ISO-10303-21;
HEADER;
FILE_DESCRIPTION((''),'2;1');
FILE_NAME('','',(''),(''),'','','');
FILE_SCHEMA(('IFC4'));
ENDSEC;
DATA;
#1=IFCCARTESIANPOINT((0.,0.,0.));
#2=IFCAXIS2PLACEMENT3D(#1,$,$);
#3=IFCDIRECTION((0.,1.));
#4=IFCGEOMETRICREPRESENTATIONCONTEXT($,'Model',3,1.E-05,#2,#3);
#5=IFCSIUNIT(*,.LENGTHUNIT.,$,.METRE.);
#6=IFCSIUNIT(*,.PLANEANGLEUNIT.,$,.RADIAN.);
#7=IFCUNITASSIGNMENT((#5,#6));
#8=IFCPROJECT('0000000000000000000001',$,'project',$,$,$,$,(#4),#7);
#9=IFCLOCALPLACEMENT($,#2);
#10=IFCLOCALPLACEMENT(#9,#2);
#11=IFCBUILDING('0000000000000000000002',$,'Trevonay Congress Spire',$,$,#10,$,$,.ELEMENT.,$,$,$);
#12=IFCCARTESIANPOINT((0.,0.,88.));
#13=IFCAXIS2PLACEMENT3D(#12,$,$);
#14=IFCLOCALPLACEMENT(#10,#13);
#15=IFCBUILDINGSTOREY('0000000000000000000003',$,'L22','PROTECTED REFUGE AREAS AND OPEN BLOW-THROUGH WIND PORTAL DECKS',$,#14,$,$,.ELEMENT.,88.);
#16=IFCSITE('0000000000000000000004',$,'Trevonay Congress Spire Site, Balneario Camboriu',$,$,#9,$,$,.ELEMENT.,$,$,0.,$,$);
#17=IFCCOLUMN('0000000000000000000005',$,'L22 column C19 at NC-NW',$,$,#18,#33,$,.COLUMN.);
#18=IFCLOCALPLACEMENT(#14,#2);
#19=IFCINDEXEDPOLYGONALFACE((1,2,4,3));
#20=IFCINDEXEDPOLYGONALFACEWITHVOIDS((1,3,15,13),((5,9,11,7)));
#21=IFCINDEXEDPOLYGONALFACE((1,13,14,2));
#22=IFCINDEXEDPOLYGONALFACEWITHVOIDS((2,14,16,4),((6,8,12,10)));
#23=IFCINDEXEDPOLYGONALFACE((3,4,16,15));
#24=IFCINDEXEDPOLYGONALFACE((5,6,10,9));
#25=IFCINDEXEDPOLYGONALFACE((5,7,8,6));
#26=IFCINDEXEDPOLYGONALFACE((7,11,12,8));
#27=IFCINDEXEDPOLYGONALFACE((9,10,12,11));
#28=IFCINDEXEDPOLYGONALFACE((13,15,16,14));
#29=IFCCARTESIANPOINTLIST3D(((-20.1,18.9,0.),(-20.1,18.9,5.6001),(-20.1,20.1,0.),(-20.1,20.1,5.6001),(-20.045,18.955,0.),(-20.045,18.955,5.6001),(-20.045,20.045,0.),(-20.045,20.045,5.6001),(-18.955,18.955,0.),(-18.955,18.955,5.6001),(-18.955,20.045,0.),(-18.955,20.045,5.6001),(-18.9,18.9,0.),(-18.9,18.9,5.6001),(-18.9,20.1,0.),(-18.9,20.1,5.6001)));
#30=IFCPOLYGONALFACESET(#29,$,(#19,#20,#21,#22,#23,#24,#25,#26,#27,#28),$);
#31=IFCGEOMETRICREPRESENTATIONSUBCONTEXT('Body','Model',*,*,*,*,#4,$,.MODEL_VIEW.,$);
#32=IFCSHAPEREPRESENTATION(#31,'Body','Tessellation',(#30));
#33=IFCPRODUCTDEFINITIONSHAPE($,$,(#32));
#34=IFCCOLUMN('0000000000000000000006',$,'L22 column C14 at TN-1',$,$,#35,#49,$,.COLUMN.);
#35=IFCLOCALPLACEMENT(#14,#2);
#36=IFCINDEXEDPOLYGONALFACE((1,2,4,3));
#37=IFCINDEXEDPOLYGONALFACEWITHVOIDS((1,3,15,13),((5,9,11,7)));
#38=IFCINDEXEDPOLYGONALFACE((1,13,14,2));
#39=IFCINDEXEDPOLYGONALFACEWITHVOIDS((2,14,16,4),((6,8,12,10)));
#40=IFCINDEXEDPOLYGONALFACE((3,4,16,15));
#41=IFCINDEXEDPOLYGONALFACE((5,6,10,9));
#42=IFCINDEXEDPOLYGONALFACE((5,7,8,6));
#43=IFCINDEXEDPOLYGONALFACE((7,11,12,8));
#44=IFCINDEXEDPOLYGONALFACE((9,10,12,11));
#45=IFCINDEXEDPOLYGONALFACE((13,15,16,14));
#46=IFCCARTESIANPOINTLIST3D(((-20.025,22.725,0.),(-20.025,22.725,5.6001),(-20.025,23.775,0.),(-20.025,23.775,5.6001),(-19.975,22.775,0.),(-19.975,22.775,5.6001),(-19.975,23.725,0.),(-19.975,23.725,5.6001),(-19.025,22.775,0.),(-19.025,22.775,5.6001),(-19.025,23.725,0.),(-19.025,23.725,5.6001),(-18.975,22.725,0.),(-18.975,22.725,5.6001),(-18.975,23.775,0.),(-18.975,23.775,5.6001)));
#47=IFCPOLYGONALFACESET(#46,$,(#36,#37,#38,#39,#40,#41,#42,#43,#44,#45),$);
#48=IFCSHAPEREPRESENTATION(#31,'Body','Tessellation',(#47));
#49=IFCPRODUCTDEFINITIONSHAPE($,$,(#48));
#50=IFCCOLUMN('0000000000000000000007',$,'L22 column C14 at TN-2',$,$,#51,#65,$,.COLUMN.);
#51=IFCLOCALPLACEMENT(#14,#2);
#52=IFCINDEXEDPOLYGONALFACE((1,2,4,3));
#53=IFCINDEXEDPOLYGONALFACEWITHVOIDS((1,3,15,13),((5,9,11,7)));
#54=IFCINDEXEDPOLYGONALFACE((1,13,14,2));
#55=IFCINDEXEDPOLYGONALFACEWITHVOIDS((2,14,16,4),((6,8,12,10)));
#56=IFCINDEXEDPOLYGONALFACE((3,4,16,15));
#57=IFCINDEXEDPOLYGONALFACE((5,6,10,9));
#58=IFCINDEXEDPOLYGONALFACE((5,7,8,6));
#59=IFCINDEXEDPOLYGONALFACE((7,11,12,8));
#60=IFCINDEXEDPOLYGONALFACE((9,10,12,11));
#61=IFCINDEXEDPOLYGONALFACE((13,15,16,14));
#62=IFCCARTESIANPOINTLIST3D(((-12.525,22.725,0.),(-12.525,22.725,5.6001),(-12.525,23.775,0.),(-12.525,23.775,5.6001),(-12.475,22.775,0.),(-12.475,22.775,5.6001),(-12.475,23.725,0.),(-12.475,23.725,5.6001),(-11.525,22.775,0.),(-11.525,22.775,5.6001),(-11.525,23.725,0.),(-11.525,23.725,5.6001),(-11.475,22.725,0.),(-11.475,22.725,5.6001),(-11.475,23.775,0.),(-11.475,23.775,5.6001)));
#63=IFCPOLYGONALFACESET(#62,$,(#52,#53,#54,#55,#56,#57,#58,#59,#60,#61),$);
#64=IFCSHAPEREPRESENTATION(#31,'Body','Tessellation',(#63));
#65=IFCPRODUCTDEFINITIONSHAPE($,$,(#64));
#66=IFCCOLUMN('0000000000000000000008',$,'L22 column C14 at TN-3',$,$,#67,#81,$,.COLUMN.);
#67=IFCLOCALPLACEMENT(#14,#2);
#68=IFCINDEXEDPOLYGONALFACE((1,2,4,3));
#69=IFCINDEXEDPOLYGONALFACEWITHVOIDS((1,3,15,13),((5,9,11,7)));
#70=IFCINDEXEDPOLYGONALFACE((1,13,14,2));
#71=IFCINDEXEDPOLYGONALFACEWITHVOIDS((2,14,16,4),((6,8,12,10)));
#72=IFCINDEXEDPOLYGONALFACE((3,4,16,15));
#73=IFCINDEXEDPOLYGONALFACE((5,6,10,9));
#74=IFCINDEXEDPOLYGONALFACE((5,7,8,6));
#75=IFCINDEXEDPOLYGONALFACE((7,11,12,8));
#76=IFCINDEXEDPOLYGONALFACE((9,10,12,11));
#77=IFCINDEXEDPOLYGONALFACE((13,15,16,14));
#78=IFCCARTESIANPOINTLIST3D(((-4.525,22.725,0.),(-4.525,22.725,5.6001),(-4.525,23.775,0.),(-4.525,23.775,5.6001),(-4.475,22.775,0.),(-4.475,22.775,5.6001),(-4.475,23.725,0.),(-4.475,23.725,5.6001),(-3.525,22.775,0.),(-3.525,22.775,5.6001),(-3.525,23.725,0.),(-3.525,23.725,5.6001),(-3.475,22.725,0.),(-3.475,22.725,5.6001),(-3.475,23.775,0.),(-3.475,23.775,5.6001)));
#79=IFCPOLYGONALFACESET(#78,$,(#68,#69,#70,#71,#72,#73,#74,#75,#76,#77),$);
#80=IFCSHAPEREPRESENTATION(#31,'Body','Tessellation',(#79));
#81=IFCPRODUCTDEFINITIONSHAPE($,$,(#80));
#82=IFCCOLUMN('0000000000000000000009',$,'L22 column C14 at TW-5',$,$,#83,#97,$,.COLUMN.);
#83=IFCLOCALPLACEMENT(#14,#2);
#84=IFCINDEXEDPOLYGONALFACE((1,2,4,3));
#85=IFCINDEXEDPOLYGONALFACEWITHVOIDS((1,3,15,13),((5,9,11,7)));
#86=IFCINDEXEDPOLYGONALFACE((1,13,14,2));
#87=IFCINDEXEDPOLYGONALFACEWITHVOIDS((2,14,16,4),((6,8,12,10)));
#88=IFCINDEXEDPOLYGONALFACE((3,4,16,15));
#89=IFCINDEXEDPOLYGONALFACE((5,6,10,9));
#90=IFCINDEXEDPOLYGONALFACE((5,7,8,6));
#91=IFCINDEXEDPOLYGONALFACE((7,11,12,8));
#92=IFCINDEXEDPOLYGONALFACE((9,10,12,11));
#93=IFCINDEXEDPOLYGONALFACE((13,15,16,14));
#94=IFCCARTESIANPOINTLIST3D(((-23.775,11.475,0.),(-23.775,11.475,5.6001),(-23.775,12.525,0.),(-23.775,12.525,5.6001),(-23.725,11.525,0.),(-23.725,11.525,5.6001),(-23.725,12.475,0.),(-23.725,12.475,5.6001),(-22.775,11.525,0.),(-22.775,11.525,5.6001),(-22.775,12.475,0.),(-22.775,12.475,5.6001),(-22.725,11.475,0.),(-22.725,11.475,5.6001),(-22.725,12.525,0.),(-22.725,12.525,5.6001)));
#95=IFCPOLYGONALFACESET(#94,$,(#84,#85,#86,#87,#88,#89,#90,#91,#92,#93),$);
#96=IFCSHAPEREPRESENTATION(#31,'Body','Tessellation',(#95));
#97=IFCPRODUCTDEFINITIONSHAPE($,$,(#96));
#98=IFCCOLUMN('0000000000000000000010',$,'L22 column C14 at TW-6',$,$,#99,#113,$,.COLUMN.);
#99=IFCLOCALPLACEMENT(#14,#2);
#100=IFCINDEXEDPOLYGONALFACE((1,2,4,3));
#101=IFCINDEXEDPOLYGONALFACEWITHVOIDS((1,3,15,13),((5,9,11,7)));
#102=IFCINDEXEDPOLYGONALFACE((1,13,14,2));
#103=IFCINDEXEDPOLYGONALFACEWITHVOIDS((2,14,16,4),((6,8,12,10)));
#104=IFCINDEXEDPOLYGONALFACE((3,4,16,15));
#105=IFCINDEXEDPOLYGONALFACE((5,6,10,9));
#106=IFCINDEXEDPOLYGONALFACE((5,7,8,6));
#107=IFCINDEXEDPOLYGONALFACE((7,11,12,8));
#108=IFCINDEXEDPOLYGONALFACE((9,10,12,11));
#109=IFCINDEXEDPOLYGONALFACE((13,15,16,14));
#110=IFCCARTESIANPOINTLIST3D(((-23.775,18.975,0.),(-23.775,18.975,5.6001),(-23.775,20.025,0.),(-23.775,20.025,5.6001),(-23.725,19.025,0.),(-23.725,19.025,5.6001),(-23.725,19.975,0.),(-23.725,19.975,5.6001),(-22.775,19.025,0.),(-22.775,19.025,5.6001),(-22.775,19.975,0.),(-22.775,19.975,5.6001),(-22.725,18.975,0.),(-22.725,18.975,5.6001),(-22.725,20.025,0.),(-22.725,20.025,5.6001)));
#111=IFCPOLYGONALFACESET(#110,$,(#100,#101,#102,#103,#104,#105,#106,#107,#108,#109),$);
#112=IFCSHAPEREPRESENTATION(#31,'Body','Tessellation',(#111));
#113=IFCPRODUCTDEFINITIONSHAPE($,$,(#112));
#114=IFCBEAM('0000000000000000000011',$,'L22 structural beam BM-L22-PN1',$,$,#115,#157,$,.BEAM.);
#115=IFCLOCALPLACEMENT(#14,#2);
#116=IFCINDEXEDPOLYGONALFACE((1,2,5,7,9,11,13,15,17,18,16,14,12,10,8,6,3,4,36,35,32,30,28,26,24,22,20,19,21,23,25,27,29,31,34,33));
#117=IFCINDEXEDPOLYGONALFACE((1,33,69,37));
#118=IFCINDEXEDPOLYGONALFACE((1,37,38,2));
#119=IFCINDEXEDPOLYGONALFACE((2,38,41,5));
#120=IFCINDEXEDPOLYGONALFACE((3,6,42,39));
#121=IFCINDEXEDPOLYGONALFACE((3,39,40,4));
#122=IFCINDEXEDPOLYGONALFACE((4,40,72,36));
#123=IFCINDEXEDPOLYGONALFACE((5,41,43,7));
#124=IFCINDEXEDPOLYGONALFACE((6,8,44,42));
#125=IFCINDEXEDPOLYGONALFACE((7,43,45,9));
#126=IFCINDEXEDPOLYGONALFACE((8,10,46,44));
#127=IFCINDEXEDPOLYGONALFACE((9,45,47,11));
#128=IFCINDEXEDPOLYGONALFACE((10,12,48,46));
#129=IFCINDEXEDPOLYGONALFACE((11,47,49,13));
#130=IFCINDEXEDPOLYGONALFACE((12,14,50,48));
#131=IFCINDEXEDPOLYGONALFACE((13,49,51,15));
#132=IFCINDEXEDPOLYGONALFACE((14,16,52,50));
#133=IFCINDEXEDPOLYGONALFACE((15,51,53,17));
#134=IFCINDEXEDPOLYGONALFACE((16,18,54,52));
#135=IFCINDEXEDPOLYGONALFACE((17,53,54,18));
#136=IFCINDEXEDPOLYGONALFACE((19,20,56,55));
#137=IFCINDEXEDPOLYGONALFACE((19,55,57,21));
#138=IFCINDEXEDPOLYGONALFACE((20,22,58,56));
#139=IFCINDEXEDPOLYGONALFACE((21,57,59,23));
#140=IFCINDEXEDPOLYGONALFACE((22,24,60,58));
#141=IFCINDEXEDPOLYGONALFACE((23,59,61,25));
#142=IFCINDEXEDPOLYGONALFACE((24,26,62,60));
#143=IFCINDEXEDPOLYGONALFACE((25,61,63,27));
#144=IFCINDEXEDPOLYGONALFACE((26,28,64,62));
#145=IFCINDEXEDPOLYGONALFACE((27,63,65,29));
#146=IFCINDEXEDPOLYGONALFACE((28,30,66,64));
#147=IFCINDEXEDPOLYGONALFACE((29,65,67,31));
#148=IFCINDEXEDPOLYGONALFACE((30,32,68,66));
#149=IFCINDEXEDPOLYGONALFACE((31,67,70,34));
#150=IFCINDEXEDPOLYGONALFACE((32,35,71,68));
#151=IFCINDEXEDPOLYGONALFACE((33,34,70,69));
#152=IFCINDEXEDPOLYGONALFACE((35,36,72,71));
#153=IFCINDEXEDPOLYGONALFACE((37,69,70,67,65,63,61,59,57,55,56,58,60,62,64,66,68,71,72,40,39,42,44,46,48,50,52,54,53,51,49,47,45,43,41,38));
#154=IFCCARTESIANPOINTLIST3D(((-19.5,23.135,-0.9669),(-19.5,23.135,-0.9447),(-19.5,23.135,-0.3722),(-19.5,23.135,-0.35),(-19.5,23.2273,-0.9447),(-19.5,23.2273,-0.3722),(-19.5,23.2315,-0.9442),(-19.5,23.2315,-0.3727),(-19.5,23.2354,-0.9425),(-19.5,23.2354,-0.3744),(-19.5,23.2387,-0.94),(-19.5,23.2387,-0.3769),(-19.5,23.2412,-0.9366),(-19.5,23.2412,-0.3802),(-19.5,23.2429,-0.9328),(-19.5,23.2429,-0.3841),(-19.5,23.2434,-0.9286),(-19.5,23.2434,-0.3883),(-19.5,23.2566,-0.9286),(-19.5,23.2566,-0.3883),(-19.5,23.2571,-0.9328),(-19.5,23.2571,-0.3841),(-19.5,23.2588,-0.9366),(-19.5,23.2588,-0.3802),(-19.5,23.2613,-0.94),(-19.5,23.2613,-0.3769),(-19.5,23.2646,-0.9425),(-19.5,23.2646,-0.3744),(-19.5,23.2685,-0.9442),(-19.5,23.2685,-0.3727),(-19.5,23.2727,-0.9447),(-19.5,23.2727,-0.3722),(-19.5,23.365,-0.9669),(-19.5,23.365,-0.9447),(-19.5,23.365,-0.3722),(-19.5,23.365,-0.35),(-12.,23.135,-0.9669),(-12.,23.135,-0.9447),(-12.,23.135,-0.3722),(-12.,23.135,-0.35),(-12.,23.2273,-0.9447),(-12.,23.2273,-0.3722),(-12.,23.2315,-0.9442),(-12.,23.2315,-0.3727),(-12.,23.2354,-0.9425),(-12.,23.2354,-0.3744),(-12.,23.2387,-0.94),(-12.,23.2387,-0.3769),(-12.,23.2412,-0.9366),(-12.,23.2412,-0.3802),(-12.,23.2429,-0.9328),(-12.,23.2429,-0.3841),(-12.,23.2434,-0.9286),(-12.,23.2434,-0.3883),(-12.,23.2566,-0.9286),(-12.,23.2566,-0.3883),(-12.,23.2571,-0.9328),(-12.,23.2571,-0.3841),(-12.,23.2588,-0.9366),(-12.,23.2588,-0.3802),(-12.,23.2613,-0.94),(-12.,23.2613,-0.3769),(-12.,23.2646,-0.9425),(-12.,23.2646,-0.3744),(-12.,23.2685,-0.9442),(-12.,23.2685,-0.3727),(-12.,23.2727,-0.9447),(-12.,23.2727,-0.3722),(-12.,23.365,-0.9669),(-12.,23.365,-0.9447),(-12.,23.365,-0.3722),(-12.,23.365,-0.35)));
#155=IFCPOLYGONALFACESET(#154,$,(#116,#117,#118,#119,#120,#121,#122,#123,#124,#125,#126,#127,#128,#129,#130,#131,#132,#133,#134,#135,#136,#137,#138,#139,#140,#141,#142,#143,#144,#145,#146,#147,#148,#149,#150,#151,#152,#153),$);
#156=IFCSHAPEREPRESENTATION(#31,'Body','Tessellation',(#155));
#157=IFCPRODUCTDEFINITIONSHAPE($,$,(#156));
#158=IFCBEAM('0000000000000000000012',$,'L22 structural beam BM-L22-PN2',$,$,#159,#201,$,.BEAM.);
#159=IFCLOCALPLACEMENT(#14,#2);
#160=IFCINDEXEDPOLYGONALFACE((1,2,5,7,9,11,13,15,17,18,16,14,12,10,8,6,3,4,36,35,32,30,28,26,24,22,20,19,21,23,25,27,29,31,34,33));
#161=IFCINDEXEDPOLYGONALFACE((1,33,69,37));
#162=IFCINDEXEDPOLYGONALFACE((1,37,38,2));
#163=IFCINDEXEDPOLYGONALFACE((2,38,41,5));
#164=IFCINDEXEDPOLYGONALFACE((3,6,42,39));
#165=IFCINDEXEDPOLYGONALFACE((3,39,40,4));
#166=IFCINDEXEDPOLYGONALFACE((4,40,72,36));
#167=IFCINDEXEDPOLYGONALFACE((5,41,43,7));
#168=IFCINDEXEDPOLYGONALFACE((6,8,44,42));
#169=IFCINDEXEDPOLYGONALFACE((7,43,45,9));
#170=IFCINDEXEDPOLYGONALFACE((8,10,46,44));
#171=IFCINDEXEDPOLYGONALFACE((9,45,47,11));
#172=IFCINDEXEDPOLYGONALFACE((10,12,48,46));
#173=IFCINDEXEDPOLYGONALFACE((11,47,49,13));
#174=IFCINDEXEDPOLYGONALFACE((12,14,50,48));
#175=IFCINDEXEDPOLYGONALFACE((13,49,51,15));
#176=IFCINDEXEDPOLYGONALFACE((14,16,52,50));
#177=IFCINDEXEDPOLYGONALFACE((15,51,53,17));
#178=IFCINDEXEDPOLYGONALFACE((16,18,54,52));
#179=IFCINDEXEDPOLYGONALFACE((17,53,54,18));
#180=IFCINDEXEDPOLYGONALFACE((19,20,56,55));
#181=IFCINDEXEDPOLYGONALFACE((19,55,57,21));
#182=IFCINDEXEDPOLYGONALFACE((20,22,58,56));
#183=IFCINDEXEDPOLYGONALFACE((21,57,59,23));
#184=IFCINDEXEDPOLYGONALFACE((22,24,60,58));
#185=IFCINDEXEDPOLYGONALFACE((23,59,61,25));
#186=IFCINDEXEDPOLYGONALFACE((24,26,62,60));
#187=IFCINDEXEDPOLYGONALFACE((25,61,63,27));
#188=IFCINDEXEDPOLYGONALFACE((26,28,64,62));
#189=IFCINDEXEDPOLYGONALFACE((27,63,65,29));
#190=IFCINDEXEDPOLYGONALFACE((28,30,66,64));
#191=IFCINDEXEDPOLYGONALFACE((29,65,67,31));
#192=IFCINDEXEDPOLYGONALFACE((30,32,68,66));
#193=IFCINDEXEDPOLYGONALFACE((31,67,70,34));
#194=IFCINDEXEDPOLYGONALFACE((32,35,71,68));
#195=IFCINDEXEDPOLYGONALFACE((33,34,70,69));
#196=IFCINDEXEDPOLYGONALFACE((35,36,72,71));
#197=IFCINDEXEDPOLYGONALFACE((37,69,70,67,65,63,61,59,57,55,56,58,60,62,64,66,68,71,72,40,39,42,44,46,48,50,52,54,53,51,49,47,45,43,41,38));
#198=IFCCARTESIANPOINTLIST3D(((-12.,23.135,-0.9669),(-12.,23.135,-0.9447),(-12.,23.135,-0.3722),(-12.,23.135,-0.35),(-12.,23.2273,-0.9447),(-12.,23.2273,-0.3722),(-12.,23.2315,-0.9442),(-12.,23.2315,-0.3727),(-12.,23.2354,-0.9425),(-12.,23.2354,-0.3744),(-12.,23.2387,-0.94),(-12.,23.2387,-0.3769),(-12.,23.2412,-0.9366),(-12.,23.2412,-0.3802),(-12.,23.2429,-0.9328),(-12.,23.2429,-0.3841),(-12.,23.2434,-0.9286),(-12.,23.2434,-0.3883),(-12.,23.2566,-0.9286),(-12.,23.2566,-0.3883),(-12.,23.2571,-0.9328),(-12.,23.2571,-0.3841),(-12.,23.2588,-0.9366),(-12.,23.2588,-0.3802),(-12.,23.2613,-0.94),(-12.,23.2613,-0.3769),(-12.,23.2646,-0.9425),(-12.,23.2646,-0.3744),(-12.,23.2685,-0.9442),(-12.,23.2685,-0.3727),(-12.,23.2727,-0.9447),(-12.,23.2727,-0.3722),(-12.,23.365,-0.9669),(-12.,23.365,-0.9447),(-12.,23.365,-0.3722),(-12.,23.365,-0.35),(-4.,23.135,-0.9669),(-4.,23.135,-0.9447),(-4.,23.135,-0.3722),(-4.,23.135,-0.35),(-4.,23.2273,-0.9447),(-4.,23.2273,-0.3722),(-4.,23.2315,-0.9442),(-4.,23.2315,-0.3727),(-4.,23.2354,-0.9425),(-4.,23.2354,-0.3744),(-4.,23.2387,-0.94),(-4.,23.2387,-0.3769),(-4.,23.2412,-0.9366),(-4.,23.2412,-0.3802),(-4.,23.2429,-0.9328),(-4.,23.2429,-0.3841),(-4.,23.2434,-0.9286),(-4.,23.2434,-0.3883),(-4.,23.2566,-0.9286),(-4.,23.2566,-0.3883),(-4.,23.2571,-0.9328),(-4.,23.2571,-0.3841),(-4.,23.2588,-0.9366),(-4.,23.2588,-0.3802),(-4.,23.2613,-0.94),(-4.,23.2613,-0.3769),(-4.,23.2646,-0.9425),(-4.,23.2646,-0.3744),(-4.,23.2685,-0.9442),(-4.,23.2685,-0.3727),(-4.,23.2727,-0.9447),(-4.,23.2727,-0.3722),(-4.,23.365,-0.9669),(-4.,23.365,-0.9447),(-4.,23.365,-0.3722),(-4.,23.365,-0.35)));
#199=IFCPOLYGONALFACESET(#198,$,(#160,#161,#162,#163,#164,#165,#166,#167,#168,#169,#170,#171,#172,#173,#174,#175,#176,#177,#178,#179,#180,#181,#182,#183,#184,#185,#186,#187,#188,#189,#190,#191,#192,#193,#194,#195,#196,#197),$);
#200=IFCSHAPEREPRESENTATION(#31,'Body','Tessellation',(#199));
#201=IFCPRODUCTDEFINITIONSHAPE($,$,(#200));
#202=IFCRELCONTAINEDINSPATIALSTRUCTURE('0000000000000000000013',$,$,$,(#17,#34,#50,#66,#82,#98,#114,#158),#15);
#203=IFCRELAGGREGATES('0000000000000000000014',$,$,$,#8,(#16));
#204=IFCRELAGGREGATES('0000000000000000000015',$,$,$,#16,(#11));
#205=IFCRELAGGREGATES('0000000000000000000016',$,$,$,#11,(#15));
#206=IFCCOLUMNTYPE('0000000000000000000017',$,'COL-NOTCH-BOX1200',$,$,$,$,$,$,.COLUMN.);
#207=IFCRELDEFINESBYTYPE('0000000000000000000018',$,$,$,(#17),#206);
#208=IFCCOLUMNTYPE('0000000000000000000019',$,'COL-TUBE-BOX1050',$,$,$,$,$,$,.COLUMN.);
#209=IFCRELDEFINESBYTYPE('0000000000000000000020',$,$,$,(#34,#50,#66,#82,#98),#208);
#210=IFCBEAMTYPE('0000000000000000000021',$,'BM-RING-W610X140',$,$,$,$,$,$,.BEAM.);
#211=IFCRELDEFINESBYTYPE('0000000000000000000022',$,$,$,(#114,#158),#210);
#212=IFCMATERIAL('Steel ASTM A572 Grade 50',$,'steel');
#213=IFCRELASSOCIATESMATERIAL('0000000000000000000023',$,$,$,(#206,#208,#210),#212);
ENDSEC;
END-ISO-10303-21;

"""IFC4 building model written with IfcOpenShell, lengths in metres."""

from ifc_helpers import new_model, si_unit, direction, frame, origin, origin_2d, place, context, subcontext, project, spatial, hollow_rectangle, i_section, extrude, material, material_profile, profile_set, type_object, element, save


model = new_model("IFC4")

# Units and contexts
model_context = context("Model", 3, precision=1e-05, world=origin(), true_north=direction((0.0, 1.0)))
body_context = subcontext(model_context, "Body", "Model", "MODEL_VIEW")
ifc_project = project(units=[si_unit("LENGTHUNIT", "METRE"), si_unit("PLANEANGLEUNIT", "RADIAN")], contexts=[model_context])

# Site, building, storey
site_placement = place(None, origin())
site = spatial("IfcSite", under=ifc_project, at=site_placement, Name="Trevonay Congress Spire Site, Balneario Camboriu", CompositionType="ELEMENT", RefElevation=0.0)
building_placement = place(site_placement, origin())
building = spatial("IfcBuilding", under=site, at=building_placement, Name="Trevonay Congress Spire", CompositionType="ELEMENT")
storey_placement = place(building_placement, frame((0.0, 0.0, 88.0)))
storey = spatial("IfcBuildingStorey", under=building, at=storey_placement, Name="L22", Description="PROTECTED REFUGE AREAS AND OPEN BLOW-THROUGH WIND PORTAL DECKS", CompositionType="ELEMENT", Elevation=88.0)

# Columns
ifc_material_1 = material(Name="Steel ASTM A572 Grade 50", Category="steel")
ifc_material_profile_1 = material_profile(ifc_material_1, hollow_rectangle(XDim=1.2, YDim=1.2, WallThickness=0.0549, at=origin_2d()), Name="BOX 1200x1200x55")
ifc_profile_set_1 = profile_set([ifc_material_profile_1], Name="Steel ASTM A572 Grade 50")
column_type_1 = type_object("IfcColumnType", Name="COL-NOTCH-BOX1200", PredefinedType="COLUMN", material=ifc_profile_set_1)
column_placement = place(storey_placement, frame((-19.5, 19.5, 0.0), z_axis=(0.0, 0.0, 1.0), x_axis=(1.0, 0.0, 0.0)))
element("IfcColumn", 1, at=column_placement, inside=storey, type_object=column_type_1, Name="L22 column C19 at NC-NW", PredefinedType="COLUMN", context=body_context, shape_type="SweptSolid", body=[
    extrude(hollow_rectangle(XDim=1.2, YDim=1.2, WallThickness=0.0549, at=origin_2d()), origin(), (0.0, 0.0, 1.0), 5.6001),
])
ifc_material_profile_2 = material_profile(ifc_material_1, hollow_rectangle(XDim=1.05, YDim=1.05, WallThickness=0.05, at=origin_2d()), Name="BOX 1050x1050x50")
ifc_profile_set_2 = profile_set([ifc_material_profile_2], Name="Steel ASTM A572 Grade 50")
column_type_2 = type_object("IfcColumnType", Name="COL-TUBE-BOX1050", PredefinedType="COLUMN", material=ifc_profile_set_2)
for number, where, z_axis, x_axis, name in (
    (2, (-19.5, 23.25, 0.0), (0.0, 0.0, 1.0), (1.0, 0.0, 0.0), "L22 column C14 at TN-1"),
    (3, (-12.0, 23.25, 0.0), (0.0, 0.0, 1.0), (1.0, 0.0, 0.0), "L22 column C14 at TN-2"),
    (4, (-4.0, 23.25, 0.0), (0.0, 0.0, 1.0), (1.0, 0.0, 0.0), "L22 column C14 at TN-3"),
    (5, (-23.25, 12.0, 0.0), (0.0, 0.0, 1.0), (1.0, 0.0, 0.0), "L22 column C14 at TW-5"),
    (6, (-23.25, 19.5, 0.0), (0.0, 0.0, 1.0), (1.0, 0.0, 0.0), "L22 column C14 at TW-6"),
):
    element("IfcColumn", number, at=place(storey_placement, frame(where, z_axis=z_axis, x_axis=x_axis)), inside=storey, type_object=column_type_2, Name=name, PredefinedType="COLUMN", context=body_context, shape_type="SweptSolid", body=[
        extrude(hollow_rectangle(XDim=1.05, YDim=1.05, WallThickness=0.05, at=origin_2d()), origin(), (0.0, 0.0, 1.0), 5.6001),
    ])

# Beams
ifc_material_profile_3 = material_profile(ifc_material_1, i_section(OverallWidth=0.23, OverallDepth=0.6169, WebThickness=0.0132, FlangeThickness=0.0222, FilletRadius=0.0161, at=origin_2d()), Name="W610x140")
ifc_profile_set_3 = profile_set([ifc_material_profile_3], Name="Steel ASTM A572 Grade 50")
beam_type_1 = type_object("IfcBeamType", Name="BM-RING-W610X140", PredefinedType="BEAM", material=ifc_profile_set_3)
beam_1_placement = place(storey_placement, frame((-19.5, 23.25, -0.6584), z_axis=(1.0, 0.0, 0.0), x_axis=(0.0, 1.0, 0.0)))
element("IfcBeam", 7, at=beam_1_placement, inside=storey, type_object=beam_type_1, Name="L22 structural beam BM-L22-PN1", PredefinedType="BEAM", context=body_context, shape_type="SweptSolid", body=[
    extrude(i_section(OverallWidth=0.23, OverallDepth=0.6169, WebThickness=0.0132, FlangeThickness=0.0222, FilletRadius=0.0161, at=origin_2d()), origin(), (0.0, 0.0, 1.0), 7.5),
])
for number, where, z_axis, x_axis, name in (
    (8, (-12.0, 23.25, -0.6584), (1.0, 0.0, 0.0), (0.0, 1.0, 0.0), "L22 structural beam BM-L22-PN2"),
):
    element("IfcBeam", number, at=place(storey_placement, frame(where, z_axis=z_axis, x_axis=x_axis)), inside=storey, type_object=beam_type_1, Name=name, PredefinedType="BEAM", context=body_context, shape_type="SweptSolid", body=[
        extrude(i_section(OverallWidth=0.23, OverallDepth=0.6169, WebThickness=0.0132, FlangeThickness=0.0222, FilletRadius=0.0161, at=origin_2d()), origin(), (0.0, 0.0, 1.0), 8.0),
    ])

save(model, "model.ifc")
